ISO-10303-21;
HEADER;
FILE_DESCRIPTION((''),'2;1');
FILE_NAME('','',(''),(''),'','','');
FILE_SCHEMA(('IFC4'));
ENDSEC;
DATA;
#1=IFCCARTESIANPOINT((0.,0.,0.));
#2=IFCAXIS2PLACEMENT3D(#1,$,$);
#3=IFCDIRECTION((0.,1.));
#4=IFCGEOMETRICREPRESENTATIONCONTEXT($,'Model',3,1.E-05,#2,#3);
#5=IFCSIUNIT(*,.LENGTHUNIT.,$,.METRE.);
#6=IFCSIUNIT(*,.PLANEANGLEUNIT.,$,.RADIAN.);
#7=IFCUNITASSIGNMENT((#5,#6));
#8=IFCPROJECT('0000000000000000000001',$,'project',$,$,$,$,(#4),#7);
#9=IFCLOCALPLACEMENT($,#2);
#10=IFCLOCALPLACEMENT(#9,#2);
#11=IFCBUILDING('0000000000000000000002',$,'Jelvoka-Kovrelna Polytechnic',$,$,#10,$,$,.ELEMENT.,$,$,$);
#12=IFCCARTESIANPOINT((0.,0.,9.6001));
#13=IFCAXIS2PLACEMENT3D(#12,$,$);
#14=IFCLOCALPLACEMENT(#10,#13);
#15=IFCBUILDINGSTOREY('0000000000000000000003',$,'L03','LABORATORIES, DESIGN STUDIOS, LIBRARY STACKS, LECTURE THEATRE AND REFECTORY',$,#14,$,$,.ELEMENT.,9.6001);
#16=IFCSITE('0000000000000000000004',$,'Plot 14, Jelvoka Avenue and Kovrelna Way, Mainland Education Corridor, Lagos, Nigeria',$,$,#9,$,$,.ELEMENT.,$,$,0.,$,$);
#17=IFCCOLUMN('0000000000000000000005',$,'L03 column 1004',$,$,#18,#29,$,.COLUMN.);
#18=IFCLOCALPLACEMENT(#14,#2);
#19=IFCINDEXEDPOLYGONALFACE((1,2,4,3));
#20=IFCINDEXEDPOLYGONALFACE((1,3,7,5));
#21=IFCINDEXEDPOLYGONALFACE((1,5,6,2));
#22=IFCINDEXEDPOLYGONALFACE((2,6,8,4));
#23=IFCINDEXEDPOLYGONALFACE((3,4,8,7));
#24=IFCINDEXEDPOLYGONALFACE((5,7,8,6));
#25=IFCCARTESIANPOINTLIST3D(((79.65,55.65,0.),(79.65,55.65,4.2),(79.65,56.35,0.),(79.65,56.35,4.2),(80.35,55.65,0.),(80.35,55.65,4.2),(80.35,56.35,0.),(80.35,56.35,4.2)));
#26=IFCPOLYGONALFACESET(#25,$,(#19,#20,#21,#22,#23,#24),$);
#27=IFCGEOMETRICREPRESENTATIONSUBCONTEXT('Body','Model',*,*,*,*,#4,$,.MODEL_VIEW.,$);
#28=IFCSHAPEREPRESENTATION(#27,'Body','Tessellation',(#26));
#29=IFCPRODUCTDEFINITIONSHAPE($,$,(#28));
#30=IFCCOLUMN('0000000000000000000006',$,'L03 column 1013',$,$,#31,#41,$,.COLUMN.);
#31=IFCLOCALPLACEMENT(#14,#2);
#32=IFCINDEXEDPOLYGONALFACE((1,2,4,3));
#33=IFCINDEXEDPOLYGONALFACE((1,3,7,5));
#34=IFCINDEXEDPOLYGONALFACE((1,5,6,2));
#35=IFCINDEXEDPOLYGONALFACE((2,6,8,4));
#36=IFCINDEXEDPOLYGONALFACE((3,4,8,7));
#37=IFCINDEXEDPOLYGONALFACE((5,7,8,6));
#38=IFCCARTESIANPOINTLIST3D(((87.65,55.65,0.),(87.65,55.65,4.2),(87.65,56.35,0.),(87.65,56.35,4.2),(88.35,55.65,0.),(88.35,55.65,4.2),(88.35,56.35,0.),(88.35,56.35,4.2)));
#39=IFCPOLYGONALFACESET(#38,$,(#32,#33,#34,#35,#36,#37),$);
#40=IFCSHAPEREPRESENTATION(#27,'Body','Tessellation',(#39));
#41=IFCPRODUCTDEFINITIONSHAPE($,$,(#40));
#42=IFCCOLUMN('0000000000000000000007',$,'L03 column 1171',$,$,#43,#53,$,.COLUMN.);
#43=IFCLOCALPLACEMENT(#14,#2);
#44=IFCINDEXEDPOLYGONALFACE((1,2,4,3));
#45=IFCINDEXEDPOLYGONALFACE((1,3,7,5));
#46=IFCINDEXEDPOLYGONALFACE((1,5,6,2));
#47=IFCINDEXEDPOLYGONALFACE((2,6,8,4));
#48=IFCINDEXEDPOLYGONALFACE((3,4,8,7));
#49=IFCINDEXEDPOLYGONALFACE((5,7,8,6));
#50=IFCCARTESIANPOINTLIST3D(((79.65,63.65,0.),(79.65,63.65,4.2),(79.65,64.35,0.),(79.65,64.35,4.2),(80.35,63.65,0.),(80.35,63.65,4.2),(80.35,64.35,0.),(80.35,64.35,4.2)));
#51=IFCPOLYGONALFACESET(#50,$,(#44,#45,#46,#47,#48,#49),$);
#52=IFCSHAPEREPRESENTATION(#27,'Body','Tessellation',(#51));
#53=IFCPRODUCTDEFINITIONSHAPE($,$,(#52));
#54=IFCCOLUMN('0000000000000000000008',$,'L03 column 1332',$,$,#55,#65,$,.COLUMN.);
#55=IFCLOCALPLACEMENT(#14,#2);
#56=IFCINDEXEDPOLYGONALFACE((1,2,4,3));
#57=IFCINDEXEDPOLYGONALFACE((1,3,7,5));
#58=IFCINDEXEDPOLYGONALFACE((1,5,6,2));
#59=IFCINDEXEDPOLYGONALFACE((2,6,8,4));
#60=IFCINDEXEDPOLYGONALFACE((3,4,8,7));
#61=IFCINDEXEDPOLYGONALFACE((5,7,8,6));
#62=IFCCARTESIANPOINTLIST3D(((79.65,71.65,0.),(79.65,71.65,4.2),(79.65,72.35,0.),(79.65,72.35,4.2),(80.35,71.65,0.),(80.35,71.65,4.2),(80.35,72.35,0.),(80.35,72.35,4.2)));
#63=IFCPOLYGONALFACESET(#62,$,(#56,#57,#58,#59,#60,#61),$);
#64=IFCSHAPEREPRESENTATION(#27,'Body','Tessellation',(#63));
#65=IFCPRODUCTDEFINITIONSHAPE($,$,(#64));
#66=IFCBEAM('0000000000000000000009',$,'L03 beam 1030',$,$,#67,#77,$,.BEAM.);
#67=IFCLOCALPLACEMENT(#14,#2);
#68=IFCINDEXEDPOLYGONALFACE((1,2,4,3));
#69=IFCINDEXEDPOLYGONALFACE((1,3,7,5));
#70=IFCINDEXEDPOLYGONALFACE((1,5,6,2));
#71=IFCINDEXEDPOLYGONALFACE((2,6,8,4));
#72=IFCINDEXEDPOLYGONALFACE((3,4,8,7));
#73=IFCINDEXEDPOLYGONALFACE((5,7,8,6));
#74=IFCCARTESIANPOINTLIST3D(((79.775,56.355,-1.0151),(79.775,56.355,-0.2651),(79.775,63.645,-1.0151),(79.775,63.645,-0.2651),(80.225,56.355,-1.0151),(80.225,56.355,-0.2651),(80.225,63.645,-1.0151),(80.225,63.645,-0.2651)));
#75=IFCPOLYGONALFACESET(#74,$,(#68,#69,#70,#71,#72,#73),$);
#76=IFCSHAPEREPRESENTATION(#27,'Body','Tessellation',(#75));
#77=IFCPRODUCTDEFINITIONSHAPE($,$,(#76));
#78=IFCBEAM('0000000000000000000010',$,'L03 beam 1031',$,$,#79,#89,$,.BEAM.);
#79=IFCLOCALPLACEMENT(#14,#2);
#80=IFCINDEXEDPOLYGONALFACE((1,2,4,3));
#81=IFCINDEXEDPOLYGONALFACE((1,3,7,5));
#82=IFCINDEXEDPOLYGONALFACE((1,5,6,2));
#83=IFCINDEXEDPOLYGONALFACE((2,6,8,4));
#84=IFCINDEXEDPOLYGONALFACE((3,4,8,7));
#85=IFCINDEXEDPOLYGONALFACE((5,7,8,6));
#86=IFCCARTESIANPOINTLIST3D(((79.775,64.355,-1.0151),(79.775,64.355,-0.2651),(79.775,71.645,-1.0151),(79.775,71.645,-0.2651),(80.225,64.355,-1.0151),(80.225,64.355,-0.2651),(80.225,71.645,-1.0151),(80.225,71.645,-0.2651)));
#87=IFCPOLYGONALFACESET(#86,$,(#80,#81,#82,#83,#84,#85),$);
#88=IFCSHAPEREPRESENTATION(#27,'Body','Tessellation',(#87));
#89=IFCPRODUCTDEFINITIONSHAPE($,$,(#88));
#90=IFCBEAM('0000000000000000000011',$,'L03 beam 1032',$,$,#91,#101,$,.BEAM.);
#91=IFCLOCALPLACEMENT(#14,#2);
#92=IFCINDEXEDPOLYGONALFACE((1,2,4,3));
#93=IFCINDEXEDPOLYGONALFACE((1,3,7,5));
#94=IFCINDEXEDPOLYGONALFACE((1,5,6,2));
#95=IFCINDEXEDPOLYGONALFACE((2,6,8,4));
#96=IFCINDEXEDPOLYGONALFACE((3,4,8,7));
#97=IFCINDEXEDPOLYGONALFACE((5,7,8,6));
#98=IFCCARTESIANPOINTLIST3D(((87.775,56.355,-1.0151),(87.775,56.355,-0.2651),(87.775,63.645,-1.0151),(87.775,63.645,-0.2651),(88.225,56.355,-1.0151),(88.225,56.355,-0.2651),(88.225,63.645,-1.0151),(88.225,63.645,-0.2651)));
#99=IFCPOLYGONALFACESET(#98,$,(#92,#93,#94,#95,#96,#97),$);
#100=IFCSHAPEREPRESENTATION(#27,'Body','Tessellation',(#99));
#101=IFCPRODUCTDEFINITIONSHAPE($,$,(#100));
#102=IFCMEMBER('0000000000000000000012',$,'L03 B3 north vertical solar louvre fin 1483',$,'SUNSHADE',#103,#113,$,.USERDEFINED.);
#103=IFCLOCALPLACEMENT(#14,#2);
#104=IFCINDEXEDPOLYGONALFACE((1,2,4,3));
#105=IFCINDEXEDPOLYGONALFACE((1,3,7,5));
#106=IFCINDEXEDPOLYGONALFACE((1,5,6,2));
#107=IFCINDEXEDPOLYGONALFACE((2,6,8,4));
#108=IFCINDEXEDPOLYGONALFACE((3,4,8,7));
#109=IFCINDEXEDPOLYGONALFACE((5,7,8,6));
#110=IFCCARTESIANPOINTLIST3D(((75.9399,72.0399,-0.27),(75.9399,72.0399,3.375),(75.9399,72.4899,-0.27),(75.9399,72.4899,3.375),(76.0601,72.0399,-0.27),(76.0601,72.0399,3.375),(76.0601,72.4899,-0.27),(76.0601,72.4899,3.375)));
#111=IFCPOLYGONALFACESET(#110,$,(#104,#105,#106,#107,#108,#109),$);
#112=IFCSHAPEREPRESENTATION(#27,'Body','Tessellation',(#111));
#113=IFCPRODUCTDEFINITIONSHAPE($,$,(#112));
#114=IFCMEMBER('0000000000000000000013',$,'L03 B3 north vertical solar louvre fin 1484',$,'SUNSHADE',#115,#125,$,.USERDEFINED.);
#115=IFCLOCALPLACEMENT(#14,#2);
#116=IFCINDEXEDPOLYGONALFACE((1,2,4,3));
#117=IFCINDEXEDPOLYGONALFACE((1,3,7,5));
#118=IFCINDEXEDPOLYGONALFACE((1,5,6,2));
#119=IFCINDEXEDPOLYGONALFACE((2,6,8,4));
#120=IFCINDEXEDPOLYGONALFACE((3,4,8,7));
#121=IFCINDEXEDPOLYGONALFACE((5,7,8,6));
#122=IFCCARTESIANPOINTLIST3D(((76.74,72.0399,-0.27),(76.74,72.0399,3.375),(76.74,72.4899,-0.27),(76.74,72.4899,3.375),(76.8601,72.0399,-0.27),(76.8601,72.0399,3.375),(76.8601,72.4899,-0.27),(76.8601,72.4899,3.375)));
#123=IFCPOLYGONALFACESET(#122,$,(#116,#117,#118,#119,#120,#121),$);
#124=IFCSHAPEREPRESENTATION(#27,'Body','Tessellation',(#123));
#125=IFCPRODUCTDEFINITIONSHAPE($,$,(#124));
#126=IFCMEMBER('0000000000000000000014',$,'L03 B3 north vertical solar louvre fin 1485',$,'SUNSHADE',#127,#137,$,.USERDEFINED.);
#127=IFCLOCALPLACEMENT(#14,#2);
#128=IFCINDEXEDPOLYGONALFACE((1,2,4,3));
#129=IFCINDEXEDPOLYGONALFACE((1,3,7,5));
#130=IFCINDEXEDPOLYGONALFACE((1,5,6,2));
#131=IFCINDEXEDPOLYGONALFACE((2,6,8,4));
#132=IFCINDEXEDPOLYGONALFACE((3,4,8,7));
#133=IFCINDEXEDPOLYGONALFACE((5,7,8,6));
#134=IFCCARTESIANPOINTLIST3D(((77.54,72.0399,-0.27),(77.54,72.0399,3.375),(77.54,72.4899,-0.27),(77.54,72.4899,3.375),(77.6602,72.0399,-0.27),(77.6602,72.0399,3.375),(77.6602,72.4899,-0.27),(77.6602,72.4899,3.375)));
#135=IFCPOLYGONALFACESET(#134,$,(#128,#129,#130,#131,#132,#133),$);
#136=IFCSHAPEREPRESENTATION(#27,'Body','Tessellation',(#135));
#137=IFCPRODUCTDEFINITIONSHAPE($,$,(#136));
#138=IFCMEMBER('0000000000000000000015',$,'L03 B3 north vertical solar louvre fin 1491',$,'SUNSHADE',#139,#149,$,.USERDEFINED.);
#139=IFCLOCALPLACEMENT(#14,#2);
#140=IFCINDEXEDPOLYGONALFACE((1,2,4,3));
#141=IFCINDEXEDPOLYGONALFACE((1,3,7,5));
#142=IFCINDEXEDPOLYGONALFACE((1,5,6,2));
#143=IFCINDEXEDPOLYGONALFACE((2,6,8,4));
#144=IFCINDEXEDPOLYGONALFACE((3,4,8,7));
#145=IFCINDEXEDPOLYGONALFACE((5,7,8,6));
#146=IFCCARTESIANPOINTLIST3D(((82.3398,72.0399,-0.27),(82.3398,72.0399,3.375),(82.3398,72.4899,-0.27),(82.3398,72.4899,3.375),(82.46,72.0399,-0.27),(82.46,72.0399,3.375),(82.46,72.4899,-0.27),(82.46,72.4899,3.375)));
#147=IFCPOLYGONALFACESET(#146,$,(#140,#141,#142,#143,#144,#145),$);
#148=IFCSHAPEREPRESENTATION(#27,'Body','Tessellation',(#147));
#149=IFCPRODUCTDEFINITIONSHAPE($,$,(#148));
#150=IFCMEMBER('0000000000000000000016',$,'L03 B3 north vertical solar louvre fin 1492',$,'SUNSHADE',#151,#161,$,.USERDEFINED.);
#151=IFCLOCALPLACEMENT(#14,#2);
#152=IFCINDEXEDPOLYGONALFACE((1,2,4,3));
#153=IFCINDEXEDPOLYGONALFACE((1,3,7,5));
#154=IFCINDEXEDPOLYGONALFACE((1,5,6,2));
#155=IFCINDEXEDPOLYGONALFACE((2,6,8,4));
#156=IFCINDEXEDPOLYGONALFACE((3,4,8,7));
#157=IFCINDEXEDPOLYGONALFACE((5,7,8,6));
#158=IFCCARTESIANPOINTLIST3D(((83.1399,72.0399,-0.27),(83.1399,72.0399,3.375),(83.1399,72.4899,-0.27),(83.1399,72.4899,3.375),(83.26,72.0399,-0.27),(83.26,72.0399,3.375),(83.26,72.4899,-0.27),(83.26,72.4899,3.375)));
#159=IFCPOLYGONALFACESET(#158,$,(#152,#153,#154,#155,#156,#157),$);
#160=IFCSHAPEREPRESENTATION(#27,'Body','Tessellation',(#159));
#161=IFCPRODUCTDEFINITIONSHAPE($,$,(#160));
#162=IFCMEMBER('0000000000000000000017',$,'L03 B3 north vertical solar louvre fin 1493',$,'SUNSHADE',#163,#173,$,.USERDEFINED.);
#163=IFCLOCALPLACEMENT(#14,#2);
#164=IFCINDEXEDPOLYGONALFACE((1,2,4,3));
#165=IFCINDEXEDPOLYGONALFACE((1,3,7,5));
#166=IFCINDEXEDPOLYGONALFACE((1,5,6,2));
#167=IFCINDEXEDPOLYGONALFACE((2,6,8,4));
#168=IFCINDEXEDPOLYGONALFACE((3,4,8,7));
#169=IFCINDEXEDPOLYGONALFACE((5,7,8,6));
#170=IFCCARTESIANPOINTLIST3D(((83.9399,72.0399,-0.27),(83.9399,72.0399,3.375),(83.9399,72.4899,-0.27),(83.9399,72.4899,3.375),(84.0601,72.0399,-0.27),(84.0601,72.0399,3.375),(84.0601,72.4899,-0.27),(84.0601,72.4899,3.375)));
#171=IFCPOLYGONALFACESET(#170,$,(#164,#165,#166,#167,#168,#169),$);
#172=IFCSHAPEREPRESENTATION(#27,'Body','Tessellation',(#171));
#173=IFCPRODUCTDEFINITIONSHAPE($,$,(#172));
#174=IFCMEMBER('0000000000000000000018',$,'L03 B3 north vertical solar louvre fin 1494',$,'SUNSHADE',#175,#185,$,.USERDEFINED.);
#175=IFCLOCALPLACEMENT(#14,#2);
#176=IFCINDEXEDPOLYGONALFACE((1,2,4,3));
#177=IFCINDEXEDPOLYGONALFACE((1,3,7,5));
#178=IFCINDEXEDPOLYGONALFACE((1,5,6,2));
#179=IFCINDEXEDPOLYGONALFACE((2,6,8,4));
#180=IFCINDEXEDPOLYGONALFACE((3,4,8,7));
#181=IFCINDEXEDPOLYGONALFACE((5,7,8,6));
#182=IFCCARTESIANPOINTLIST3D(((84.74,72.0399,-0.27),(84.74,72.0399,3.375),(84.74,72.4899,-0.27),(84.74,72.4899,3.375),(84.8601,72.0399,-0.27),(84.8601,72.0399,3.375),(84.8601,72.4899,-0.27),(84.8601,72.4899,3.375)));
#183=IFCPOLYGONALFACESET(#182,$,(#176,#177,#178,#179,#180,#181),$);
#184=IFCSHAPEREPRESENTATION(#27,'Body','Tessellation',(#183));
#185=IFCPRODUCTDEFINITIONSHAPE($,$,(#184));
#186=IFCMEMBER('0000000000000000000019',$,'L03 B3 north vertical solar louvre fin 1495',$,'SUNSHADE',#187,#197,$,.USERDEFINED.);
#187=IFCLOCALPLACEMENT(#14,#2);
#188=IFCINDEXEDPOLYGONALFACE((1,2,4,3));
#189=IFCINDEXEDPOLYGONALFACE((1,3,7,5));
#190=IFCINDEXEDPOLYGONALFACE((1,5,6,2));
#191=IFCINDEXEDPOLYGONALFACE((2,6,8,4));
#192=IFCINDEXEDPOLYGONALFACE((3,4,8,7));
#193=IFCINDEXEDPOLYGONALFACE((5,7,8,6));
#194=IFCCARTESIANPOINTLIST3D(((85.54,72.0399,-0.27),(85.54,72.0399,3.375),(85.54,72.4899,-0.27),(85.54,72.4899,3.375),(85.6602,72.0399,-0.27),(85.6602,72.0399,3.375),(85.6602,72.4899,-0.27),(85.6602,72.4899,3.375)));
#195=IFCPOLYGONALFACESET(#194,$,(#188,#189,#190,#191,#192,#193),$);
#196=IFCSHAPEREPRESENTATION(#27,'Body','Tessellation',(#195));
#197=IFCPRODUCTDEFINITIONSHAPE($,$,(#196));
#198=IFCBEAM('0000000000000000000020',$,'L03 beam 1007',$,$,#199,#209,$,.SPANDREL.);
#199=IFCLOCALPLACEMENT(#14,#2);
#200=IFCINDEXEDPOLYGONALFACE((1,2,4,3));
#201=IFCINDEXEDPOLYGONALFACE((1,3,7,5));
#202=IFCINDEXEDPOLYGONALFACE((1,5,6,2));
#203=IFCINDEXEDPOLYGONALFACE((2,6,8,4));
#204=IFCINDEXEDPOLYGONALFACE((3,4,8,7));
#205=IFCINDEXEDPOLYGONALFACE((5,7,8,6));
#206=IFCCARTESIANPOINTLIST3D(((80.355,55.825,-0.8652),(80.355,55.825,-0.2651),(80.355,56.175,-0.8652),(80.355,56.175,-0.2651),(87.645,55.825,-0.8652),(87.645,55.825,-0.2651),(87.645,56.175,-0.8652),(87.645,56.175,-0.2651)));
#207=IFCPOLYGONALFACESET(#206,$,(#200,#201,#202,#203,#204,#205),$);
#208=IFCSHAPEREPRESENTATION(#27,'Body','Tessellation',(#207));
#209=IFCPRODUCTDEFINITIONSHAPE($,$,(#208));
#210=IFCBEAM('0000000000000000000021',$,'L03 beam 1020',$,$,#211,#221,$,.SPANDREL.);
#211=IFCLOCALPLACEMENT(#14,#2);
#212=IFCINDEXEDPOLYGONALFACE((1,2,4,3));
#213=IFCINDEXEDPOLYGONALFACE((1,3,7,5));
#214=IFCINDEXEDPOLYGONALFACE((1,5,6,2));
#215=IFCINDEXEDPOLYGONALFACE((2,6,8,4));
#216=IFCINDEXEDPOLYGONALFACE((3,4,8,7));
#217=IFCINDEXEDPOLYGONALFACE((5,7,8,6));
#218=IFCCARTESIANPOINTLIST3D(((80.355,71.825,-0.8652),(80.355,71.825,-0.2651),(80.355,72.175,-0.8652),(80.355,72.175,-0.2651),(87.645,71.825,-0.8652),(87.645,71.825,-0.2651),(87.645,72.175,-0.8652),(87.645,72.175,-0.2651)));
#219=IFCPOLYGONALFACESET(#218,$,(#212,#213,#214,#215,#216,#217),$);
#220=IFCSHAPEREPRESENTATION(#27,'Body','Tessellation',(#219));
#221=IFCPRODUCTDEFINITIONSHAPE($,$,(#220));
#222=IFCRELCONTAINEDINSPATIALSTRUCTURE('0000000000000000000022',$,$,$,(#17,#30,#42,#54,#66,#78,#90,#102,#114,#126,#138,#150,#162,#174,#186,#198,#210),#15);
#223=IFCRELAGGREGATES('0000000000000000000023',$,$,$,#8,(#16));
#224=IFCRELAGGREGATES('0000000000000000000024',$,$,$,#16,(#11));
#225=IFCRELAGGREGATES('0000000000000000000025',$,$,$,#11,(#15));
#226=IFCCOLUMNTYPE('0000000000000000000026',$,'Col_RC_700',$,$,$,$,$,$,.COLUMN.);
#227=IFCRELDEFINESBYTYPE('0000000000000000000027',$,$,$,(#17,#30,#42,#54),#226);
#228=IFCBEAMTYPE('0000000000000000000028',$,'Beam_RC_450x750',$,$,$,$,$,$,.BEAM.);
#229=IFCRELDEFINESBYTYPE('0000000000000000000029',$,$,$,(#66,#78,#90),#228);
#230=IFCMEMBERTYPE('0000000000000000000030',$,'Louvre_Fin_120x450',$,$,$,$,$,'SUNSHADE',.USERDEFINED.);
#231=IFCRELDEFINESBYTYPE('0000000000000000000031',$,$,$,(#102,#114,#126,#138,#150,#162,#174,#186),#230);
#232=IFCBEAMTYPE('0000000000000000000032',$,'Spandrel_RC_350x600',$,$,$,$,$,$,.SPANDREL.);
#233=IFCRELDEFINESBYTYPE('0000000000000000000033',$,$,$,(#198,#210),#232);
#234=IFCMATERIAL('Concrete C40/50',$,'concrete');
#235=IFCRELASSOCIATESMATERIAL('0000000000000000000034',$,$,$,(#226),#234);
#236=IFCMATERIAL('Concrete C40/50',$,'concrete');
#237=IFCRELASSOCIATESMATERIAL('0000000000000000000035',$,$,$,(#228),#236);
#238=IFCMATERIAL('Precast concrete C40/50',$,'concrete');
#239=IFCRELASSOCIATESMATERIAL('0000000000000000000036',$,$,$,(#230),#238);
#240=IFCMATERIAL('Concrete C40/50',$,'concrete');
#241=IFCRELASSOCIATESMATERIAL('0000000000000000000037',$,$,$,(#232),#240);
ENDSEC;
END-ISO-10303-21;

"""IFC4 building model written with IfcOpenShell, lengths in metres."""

from ifc_helpers import new_model, si_unit, direction, frame, origin, origin_2d, place, context, subcontext, project, spatial, rectangle, extrude, material, material_profile, profile_set, type_object, element, save


model = new_model("IFC4")

# Units and contexts
model_context = context("Model", 3, precision=1e-05, world=origin(), true_north=direction((0.0, 1.0)))
body_context = subcontext(model_context, "Body", "Model", "MODEL_VIEW")
ifc_project = project(units=[si_unit("LENGTHUNIT", "METRE"), si_unit("PLANEANGLEUNIT", "RADIAN")], contexts=[model_context])

# Site, building, storey
site_placement = place(None, origin())
site = spatial("IfcSite", under=ifc_project, at=site_placement, Name="Plot 14, Jelvoka Avenue and Kovrelna Way, Mainland Education Corridor, Lagos, Nigeria", CompositionType="ELEMENT", RefElevation=0.0)
building_placement = place(site_placement, origin())
building = spatial("IfcBuilding", under=site, at=building_placement, Name="Jelvoka-Kovrelna Polytechnic", CompositionType="ELEMENT")
storey_placement = place(building_placement, frame((0.0, 0.0, 9.6001)))
storey = spatial("IfcBuildingStorey", under=building, at=storey_placement, Name="L03", Description="LABORATORIES, DESIGN STUDIOS, LIBRARY STACKS, LECTURE THEATRE AND REFECTORY", CompositionType="ELEMENT", Elevation=9.6001)

# Columns
ifc_material_1 = material(Name="Concrete C40/50", Category="concrete")
ifc_material_profile_1 = material_profile(ifc_material_1, rectangle(XDim=0.7, YDim=0.7, at=origin_2d()), Name="RC 700x700")
ifc_profile_set_1 = profile_set([ifc_material_profile_1], Name="Concrete C40/50")
column_type = type_object("IfcColumnType", Name="Col_RC_700", PredefinedType="COLUMN", material=ifc_profile_set_1)
for number, where, z_axis, x_axis, name in (
    (1, (80.0, 56.0, 0.0), (0.0, 0.0, 1.0), (1.0, 0.0, 0.0), "L03 column 1004"),
    (2, (88.0, 56.0, 0.0), (0.0, 0.0, 1.0), (1.0, 0.0, 0.0), "L03 column 1013"),
    (3, (80.0, 64.0, 0.0), (0.0, 0.0, 1.0), (1.0, 0.0, 0.0), "L03 column 1171"),
    (4, (80.0, 72.0, 0.0), (0.0, 0.0, 1.0), (1.0, 0.0, 0.0), "L03 column 1332"),
):
    element("IfcColumn", number, at=place(storey_placement, frame(where, z_axis=z_axis, x_axis=x_axis)), inside=storey, type_object=column_type, Name=name, PredefinedType="COLUMN", context=body_context, shape_type="SweptSolid", body=[
        extrude(rectangle(XDim=0.7, YDim=0.7, at=origin_2d()), origin(), (0.0, 0.0, 1.0), 4.2),
    ])

# Beams
ifc_material_2 = material(Name="Concrete C40/50", Category="concrete")
ifc_material_profile_2 = material_profile(ifc_material_2, rectangle(XDim=0.45, YDim=0.75, at=origin_2d()), Name="RC 450x750")
ifc_profile_set_2 = profile_set([ifc_material_profile_2], Name="Concrete C40/50")
beam_type_1 = type_object("IfcBeamType", Name="Beam_RC_450x750", PredefinedType="BEAM", material=ifc_profile_set_2)
for number, where, z_axis, x_axis, name in (
    (5, (80.0, 56.355, -0.6401), (0.0, 1.0, 0.0), (-1.0, 0.0, 0.0), "L03 beam 1030"),
    (6, (80.0, 64.355, -0.6401), (0.0, 1.0, 0.0), (-1.0, 0.0, 0.0), "L03 beam 1031"),
    (7, (88.0, 56.355, -0.6401), (0.0, 1.0, 0.0), (-1.0, 0.0, 0.0), "L03 beam 1032"),
):
    element("IfcBeam", number, at=place(storey_placement, frame(where, z_axis=z_axis, x_axis=x_axis)), inside=storey, type_object=beam_type_1, Name=name, PredefinedType="BEAM", context=body_context, shape_type="SweptSolid", body=[
        extrude(rectangle(XDim=0.45, YDim=0.75, at=origin_2d()), origin(), (0.0, 0.0, 1.0), 7.29),
    ])

# Members
ifc_material_3 = material(Name="Precast concrete C40/50", Category="concrete")
ifc_material_profile_3 = material_profile(ifc_material_3, rectangle(XDim=0.1201, YDim=0.45, at=origin_2d()), Name="PC 120x450")
ifc_profile_set_3 = profile_set([ifc_material_profile_3], Name="Precast concrete C40/50")
member_type = type_object("IfcMemberType", Name="Louvre_Fin_120x450", ElementType="SUNSHADE", PredefinedType="USERDEFINED", material=ifc_profile_set_3)
for number, where, z_axis, x_axis, name in (
    (8, (76.0, 72.2649, -0.27), (0.0, 0.0, 1.0), (1.0, 0.0, 0.0), "L03 B3 north vertical solar louvre fin 1483"),
    (9, (76.8, 72.2649, -0.27), (0.0, 0.0, 1.0), (1.0, 0.0, 0.0), "L03 B3 north vertical solar louvre fin 1484"),
    (10, (77.6001, 72.2649, -0.27), (0.0, 0.0, 1.0), (1.0, 0.0, 0.0), "L03 B3 north vertical solar louvre fin 1485"),
    (11, (82.3999, 72.2649, -0.27), (0.0, 0.0, 1.0), (1.0, 0.0, 0.0), "L03 B3 north vertical solar louvre fin 1491"),
    (12, (83.2, 72.2649, -0.27), (0.0, 0.0, 1.0), (1.0, 0.0, 0.0), "L03 B3 north vertical solar louvre fin 1492"),
    (13, (84.0, 72.2649, -0.27), (0.0, 0.0, 1.0), (1.0, 0.0, 0.0), "L03 B3 north vertical solar louvre fin 1493"),
    (14, (84.8, 72.2649, -0.27), (0.0, 0.0, 1.0), (1.0, 0.0, 0.0), "L03 B3 north vertical solar louvre fin 1494"),
    (15, (85.6001, 72.2649, -0.27), (0.0, 0.0, 1.0), (1.0, 0.0, 0.0), "L03 B3 north vertical solar louvre fin 1495"),
):
    element("IfcMember", number, at=place(storey_placement, frame(where, z_axis=z_axis, x_axis=x_axis)), inside=storey, type_object=member_type, Name=name, ObjectType="SUNSHADE", PredefinedType="USERDEFINED", context=body_context, shape_type="SweptSolid", body=[
        extrude(rectangle(XDim=0.1201, YDim=0.45, at=origin_2d()), origin(), (0.0, 0.0, 1.0), 3.645),
    ])

# Beams
ifc_material_4 = material(Name="Concrete C40/50", Category="concrete")
ifc_material_profile_4 = material_profile(ifc_material_4, rectangle(XDim=0.3501, YDim=0.6001, at=origin_2d()), Name="RC 350x600")
ifc_profile_set_4 = profile_set([ifc_material_profile_4], Name="Concrete C40/50")
beam_type_2 = type_object("IfcBeamType", Name="Spandrel_RC_350x600", PredefinedType="SPANDREL", material=ifc_profile_set_4)
for number, where, z_axis, x_axis, name in (
    (16, (80.355, 56.0, -0.5652), (1.0, 0.0, 0.0), (0.0, 1.0, 0.0), "L03 beam 1007"),
    (17, (80.355, 72.0, -0.5652), (1.0, 0.0, 0.0), (0.0, 1.0, 0.0), "L03 beam 1020"),
):
    element("IfcBeam", number, at=place(storey_placement, frame(where, z_axis=z_axis, x_axis=x_axis)), inside=storey, type_object=beam_type_2, Name=name, PredefinedType="SPANDREL", context=body_context, shape_type="SweptSolid", body=[
        extrude(rectangle(XDim=0.3501, YDim=0.6001, at=origin_2d()), origin(), (0.0, 0.0, 1.0), 7.29),
    ])

save(model, "model.ifc")
